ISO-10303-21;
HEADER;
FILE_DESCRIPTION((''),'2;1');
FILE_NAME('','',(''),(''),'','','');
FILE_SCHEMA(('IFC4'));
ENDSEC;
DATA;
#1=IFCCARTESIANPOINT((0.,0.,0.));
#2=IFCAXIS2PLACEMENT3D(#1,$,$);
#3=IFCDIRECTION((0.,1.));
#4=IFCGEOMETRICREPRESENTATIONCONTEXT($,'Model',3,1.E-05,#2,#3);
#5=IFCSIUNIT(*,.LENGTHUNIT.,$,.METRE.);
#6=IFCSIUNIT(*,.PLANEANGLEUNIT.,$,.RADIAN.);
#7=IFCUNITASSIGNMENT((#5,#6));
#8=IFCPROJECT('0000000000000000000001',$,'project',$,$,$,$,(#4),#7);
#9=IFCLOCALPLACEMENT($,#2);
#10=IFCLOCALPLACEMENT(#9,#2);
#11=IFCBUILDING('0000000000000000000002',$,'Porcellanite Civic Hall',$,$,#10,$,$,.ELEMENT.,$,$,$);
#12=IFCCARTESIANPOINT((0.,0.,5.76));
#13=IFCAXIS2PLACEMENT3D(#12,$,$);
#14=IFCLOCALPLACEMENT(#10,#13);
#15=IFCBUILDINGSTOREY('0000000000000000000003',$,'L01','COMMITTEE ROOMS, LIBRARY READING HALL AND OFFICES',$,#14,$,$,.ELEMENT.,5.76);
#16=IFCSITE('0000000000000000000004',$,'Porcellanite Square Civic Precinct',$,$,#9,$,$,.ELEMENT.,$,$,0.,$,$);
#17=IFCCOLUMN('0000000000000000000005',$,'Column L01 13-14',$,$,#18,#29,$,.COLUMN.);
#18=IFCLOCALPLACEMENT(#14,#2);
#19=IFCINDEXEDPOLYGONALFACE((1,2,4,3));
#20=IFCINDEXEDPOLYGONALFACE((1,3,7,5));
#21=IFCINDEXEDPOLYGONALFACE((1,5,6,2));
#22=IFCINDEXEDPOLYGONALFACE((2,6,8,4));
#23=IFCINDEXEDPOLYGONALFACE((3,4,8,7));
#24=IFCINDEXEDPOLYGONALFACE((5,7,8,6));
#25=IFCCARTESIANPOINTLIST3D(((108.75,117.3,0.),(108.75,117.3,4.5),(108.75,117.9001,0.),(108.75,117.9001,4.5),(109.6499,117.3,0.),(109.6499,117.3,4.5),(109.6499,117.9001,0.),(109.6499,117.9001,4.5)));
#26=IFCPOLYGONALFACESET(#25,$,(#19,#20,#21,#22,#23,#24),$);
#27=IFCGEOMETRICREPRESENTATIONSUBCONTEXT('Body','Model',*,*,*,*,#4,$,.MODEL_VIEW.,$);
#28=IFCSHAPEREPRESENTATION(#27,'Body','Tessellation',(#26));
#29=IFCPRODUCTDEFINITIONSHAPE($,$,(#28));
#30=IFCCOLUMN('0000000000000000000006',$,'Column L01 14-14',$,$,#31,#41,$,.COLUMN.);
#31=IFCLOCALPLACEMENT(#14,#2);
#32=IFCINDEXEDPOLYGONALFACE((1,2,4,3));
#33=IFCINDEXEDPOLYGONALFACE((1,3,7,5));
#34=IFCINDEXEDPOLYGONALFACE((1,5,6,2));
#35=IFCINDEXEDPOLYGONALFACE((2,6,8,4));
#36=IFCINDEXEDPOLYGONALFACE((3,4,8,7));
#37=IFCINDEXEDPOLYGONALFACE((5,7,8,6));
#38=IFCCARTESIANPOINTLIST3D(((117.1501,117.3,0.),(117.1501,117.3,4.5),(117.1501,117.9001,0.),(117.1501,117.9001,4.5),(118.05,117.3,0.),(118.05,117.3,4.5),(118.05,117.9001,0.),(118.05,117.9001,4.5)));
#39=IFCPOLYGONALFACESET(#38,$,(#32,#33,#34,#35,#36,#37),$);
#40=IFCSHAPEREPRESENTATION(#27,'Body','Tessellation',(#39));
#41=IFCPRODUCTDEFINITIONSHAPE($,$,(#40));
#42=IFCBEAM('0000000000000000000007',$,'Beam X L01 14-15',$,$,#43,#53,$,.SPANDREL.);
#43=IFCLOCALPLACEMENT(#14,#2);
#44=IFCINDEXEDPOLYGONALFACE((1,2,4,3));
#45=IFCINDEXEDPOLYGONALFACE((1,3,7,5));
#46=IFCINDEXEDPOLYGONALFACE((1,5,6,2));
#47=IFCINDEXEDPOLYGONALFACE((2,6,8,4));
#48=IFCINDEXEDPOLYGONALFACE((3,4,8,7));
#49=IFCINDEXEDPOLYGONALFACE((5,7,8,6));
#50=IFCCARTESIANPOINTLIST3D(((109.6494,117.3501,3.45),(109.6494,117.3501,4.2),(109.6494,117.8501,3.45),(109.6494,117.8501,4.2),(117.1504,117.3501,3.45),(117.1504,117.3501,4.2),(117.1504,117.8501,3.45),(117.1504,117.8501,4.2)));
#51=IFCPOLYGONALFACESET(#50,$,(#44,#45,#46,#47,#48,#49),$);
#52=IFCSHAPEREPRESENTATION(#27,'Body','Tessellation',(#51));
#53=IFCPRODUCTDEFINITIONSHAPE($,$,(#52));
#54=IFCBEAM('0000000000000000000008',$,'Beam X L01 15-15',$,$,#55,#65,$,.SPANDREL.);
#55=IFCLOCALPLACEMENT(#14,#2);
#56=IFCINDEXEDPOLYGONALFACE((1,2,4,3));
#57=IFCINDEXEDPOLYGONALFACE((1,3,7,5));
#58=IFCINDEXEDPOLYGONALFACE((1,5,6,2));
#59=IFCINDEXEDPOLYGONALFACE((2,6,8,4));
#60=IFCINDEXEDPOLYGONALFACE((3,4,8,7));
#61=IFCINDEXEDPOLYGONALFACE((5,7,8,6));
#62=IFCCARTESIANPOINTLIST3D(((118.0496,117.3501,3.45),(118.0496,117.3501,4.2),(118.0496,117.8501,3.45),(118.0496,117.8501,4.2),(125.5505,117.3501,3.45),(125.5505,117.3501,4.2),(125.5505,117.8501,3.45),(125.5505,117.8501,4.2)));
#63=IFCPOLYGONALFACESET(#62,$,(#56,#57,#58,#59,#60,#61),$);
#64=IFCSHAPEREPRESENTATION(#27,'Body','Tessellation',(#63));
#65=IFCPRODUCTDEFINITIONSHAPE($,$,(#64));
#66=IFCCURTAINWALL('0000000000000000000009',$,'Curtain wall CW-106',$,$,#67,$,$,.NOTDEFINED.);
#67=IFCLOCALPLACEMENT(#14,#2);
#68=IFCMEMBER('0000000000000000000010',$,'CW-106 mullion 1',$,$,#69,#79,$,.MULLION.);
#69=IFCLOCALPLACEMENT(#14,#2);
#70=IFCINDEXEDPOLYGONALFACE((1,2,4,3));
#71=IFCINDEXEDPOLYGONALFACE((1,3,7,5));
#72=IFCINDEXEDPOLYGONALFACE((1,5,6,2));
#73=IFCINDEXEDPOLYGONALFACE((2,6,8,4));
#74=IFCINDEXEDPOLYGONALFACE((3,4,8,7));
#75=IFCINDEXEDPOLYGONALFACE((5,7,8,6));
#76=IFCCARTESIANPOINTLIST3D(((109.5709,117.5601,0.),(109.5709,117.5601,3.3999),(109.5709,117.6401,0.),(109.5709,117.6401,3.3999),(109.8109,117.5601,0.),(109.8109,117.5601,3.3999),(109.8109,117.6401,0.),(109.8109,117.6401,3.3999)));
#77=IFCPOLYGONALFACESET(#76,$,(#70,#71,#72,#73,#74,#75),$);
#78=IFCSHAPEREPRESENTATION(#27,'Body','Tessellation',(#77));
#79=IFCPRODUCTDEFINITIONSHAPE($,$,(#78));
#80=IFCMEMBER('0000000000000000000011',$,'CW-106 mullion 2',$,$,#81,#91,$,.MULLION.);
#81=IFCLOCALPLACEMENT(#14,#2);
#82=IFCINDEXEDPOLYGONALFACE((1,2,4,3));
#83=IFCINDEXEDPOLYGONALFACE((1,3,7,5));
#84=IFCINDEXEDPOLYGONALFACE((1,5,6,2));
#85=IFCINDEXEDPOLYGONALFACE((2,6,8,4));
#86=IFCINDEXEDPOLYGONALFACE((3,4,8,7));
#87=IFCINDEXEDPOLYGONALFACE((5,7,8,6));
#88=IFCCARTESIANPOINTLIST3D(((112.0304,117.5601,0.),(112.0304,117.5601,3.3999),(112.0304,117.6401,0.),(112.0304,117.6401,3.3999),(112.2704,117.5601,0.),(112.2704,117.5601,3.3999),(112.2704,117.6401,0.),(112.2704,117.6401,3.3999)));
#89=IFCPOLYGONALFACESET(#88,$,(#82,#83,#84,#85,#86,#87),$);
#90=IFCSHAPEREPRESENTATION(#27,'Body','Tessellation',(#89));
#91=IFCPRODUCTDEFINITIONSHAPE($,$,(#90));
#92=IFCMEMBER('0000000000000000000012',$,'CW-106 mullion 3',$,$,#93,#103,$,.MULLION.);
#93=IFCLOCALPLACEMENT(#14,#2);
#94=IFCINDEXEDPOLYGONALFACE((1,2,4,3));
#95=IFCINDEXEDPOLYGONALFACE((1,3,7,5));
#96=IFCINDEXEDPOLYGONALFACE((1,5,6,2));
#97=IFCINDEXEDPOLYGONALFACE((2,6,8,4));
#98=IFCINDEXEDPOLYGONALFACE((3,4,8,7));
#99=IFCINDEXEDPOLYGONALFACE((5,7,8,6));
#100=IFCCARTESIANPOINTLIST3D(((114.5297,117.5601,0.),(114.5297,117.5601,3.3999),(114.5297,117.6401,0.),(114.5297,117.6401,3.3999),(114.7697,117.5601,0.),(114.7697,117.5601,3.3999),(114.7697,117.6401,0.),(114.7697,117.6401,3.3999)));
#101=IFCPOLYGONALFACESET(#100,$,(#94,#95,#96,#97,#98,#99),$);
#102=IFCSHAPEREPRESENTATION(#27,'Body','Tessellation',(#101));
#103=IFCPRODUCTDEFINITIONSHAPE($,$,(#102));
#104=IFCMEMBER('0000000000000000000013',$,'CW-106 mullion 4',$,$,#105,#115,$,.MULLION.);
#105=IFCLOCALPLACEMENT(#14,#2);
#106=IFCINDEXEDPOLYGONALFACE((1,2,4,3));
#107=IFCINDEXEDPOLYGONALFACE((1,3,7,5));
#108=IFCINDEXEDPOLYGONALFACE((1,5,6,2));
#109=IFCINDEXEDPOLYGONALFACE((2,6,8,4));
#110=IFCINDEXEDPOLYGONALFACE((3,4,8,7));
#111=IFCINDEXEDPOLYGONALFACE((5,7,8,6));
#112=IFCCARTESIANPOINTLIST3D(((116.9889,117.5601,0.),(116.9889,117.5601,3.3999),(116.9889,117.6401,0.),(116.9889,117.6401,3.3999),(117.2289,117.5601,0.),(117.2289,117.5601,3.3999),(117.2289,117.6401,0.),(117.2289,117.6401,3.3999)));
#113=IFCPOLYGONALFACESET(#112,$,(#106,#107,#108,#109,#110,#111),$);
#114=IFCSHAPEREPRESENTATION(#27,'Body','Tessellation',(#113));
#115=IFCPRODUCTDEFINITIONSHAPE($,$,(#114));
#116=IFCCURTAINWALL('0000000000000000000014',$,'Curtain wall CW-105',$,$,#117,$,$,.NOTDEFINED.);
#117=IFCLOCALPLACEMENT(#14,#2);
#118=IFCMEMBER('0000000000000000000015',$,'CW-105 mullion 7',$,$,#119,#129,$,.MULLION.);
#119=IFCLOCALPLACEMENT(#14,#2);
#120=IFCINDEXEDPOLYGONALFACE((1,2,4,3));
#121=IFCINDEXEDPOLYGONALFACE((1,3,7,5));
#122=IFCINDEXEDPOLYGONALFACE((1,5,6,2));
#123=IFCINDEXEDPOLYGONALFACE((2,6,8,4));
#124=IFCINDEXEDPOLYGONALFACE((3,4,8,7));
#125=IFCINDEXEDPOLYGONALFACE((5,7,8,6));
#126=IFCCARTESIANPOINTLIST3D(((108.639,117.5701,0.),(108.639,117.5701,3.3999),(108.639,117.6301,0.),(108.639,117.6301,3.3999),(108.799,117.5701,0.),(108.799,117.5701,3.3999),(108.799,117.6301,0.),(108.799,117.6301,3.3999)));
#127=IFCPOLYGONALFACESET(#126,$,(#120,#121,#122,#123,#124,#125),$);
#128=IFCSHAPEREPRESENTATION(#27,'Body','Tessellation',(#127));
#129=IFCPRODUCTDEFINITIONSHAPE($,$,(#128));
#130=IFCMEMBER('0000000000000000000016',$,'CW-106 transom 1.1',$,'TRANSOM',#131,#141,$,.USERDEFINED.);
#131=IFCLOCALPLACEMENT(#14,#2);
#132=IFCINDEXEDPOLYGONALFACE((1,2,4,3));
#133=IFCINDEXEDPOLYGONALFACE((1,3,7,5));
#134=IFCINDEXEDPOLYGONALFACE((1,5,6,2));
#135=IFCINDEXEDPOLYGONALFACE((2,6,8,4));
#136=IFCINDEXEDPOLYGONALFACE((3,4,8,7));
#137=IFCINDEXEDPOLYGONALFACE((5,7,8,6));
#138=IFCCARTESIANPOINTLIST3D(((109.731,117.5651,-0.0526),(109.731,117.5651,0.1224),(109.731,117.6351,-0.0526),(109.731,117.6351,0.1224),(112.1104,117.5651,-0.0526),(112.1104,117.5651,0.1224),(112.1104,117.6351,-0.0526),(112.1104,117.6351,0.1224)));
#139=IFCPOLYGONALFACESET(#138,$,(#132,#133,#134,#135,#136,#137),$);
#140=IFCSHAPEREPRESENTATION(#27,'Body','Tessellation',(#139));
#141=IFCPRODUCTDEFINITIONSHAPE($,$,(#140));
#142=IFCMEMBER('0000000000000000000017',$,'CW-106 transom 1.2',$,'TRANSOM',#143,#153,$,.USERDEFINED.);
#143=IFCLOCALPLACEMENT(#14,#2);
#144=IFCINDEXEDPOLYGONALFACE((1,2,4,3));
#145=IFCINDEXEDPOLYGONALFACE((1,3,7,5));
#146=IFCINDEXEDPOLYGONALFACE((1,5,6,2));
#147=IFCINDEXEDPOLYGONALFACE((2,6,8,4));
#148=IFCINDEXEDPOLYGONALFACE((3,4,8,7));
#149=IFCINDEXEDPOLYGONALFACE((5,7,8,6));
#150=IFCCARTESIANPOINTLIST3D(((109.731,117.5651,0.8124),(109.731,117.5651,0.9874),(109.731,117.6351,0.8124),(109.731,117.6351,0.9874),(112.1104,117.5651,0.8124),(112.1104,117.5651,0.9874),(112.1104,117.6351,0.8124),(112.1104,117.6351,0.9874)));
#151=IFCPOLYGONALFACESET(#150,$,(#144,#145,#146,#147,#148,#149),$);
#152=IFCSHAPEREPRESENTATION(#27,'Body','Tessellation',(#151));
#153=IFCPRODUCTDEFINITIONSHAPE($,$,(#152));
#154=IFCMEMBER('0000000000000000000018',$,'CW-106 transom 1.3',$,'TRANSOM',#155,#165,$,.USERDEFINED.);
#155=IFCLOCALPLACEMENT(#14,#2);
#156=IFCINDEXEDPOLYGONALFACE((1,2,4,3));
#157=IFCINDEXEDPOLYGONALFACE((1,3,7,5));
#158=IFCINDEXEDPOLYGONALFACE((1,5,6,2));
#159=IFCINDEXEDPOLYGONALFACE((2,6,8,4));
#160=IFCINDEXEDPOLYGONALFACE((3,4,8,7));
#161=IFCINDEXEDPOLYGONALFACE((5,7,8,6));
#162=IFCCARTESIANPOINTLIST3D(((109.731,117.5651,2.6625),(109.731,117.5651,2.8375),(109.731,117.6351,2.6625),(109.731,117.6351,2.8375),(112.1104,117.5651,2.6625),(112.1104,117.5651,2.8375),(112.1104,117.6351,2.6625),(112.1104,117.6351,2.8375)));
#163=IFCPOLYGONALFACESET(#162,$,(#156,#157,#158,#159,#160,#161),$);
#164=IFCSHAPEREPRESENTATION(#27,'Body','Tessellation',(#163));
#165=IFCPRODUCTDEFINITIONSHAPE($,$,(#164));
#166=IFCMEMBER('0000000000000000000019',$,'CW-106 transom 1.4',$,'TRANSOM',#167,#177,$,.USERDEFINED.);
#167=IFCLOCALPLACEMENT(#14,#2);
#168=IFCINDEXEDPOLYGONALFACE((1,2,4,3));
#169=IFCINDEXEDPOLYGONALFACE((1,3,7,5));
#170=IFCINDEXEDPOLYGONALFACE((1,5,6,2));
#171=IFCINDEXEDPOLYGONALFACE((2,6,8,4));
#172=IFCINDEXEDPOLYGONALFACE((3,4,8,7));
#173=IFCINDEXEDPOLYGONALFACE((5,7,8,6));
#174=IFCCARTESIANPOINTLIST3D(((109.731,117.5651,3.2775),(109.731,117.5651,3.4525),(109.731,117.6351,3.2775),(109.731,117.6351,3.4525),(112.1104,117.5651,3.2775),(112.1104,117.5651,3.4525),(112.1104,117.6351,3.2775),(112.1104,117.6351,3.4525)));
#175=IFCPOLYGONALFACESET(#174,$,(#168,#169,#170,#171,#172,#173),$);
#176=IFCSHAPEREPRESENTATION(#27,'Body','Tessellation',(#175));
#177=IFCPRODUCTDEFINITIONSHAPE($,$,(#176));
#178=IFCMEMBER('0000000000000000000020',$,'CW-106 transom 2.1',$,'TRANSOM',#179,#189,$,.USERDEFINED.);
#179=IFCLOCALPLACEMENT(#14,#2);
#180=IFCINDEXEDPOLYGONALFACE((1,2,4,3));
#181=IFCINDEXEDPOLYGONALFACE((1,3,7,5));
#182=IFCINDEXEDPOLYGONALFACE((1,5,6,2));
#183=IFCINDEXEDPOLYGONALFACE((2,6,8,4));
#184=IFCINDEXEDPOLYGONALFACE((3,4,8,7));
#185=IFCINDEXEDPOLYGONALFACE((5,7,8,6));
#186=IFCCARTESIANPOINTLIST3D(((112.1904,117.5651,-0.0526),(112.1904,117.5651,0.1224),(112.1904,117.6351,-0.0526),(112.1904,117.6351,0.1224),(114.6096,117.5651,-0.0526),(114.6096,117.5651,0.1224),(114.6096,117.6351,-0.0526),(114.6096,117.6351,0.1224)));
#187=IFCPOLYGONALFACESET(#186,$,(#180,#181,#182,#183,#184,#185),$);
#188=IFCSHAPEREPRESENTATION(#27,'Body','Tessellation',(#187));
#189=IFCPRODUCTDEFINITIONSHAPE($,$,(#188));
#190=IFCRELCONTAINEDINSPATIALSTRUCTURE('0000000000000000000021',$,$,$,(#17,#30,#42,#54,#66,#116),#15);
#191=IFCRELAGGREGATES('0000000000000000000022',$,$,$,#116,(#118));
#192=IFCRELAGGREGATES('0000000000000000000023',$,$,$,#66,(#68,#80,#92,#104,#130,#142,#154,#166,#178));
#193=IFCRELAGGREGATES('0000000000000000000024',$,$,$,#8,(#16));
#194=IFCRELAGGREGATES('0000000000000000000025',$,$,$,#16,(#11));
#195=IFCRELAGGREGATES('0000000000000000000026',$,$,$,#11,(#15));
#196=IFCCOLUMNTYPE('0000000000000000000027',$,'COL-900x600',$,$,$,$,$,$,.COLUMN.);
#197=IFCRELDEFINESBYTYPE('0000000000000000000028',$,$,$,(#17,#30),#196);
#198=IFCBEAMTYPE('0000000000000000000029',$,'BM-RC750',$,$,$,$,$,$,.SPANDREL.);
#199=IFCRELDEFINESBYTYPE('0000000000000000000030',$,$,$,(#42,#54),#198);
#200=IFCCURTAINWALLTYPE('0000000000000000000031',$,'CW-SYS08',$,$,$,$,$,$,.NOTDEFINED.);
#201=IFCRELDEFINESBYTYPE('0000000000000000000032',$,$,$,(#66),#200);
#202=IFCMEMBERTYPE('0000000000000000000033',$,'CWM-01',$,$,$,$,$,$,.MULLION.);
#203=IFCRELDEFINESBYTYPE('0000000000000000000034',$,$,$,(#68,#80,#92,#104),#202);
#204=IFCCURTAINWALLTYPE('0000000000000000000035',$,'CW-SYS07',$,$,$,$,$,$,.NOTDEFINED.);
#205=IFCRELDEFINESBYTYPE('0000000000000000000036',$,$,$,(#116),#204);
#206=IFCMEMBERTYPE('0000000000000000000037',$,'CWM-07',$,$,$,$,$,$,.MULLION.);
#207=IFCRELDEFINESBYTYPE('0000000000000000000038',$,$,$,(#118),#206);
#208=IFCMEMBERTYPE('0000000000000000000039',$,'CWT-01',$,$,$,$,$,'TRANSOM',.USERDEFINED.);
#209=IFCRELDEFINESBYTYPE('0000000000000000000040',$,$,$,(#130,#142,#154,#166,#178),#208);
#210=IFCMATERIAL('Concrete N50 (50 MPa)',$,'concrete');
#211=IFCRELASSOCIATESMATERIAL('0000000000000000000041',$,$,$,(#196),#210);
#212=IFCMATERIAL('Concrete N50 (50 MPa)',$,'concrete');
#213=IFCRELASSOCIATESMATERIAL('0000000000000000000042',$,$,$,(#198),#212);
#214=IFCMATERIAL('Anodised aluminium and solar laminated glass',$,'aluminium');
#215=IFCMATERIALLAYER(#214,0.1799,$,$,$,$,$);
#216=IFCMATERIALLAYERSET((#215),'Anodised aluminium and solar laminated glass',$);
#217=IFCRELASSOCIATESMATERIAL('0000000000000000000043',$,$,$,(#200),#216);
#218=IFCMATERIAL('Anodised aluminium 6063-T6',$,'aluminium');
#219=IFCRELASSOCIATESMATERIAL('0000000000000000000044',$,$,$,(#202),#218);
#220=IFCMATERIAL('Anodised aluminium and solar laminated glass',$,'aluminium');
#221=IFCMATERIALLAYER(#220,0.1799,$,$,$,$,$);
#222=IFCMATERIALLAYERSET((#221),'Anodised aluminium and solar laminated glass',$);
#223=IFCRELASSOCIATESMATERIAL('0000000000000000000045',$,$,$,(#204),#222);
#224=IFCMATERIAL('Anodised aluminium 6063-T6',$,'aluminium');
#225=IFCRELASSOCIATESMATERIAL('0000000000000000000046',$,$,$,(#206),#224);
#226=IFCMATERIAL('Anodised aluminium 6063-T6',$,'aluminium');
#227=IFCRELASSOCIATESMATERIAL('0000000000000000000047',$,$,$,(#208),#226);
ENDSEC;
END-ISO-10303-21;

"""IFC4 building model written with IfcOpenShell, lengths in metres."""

from ifc_helpers import new_model, si_unit, direction, frame, origin, origin_2d, place, context, subcontext, project, spatial, rectangle, extrude, material, layer, layer_set, material_profile, profile_set, type_object, element, aggregate, save


model = new_model("IFC4")

# Units and contexts
model_context = context("Model", 3, precision=1e-05, world=origin(), true_north=direction((0.0, 1.0)))
body_context = subcontext(model_context, "Body", "Model", "MODEL_VIEW")
ifc_project = project(units=[si_unit("LENGTHUNIT", "METRE"), si_unit("PLANEANGLEUNIT", "RADIAN")], contexts=[model_context])

# Site, building, storey
site_placement = place(None, origin())
site = spatial("IfcSite", under=ifc_project, at=site_placement, Name="Porcellanite Square Civic Precinct", CompositionType="ELEMENT", RefElevation=0.0)
building_placement = place(site_placement, origin())
building = spatial("IfcBuilding", under=site, at=building_placement, Name="Porcellanite Civic Hall", CompositionType="ELEMENT")
storey_placement = place(building_placement, frame((0.0, 0.0, 5.76)))
storey = spatial("IfcBuildingStorey", under=building, at=storey_placement, Name="L01", Description="COMMITTEE ROOMS, LIBRARY READING HALL AND OFFICES", CompositionType="ELEMENT", Elevation=5.76)

# Columns
ifc_material_1 = material(Name="Concrete N50 (50 MPa)", Category="concrete")
ifc_material_profile_1 = material_profile(ifc_material_1, rectangle(XDim=0.8999, YDim=0.6001, at=origin_2d()), Name="RC-900x600")
ifc_profile_set_1 = profile_set([ifc_material_profile_1], Name="Concrete N50 (50 MPa)")
column_type = type_object("IfcColumnType", Name="COL-900x600", PredefinedType="COLUMN", material=ifc_profile_set_1)
for number, where, z_axis, x_axis, name in (
    (1, (109.2, 117.6001, 0.0), (0.0, 0.0, 1.0), (1.0, 0.0, 0.0), "Column L01 13-14"),
    (2, (117.6001, 117.6001, 0.0), (0.0, 0.0, 1.0), (1.0, 0.0, 0.0), "Column L01 14-14"),
):
    element("IfcColumn", number, at=place(storey_placement, frame(where, z_axis=z_axis, x_axis=x_axis)), inside=storey, type_object=column_type, Name=name, PredefinedType="COLUMN", context=body_context, shape_type="SweptSolid", body=[
        extrude(rectangle(XDim=0.8999, YDim=0.6001, at=origin_2d()), origin(), (0.0, 0.0, 1.0), 4.5),
    ])

# Beams
ifc_material_2 = material(Name="Concrete N50 (50 MPa)", Category="concrete")
ifc_material_profile_2 = material_profile(ifc_material_2, rectangle(XDim=0.5, YDim=0.75, at=origin_2d()), Name="RC-500x750")
ifc_profile_set_2 = profile_set([ifc_material_profile_2], Name="Concrete N50 (50 MPa)")
beam_type = type_object("IfcBeamType", Name="BM-RC750", PredefinedType="SPANDREL", material=ifc_profile_set_2)
for number, where, z_axis, x_axis, name in (
    (3, (109.6494, 117.6001, 3.825), (1.0, 0.0, 0.0), (0.0, 1.0, 0.0), "Beam X L01 14-15"),
    (4, (118.0496, 117.6001, 3.825), (1.0, 0.0, 0.0), (0.0, 1.0, 0.0), "Beam X L01 15-15"),
):
    element("IfcBeam", number, at=place(storey_placement, frame(where, z_axis=z_axis, x_axis=x_axis)), inside=storey, type_object=beam_type, Name=name, PredefinedType="SPANDREL", context=body_context, shape_type="SweptSolid", body=[
        extrude(rectangle(XDim=0.5, YDim=0.75, at=origin_2d()), origin(), (0.0, 0.0, 1.0), 7.501),
    ])

# Curtain wall, members
ifc_material_3 = material(Name="Anodised aluminium and solar laminated glass", Category="aluminium")
ifc_layer_1 = layer(ifc_material_3, 0.1799)
ifc_layer_set_1 = layer_set([ifc_layer_1], Name="Anodised aluminium and solar laminated glass")
curtain_wall_type_1 = type_object("IfcCurtainWallType", Name="CW-SYS08", PredefinedType="NOTDEFINED", material=ifc_layer_set_1)
curtain_wall_1_placement = place(storey_placement, origin())
curtain_wall_1 = element("IfcCurtainWall", 5, at=curtain_wall_1_placement, inside=storey, type_object=curtain_wall_type_1, Name="Curtain wall CW-106", PredefinedType="NOTDEFINED")
ifc_material_4 = material(Name="Anodised aluminium 6063-T6", Category="aluminium")
ifc_material_profile_3 = material_profile(ifc_material_4, rectangle(XDim=0.0801, YDim=0.24, at=origin_2d()), Name="AL-80x240")
ifc_profile_set_3 = profile_set([ifc_material_profile_3], Name="Anodised aluminium 6063-T6")
member_type_1 = type_object("IfcMemberType", Name="CWM-01", PredefinedType="MULLION", material=ifc_profile_set_3)
member_1_placement = place(storey_placement, frame((109.6909, 117.6001, 0.0), z_axis=(0.0, 0.0, 1.0), x_axis=(0.0, 1.0, 0.0)))
member_1 = element("IfcMember", 6, at=member_1_placement, type_object=member_type_1, Name="CW-106 mullion 1", PredefinedType="MULLION", context=body_context, shape_type="SweptSolid", body=[
    extrude(rectangle(XDim=0.0801, YDim=0.24, at=origin_2d()), origin(), (0.0, 0.0, 1.0), 3.3999),
])
member_2_placement = place(storey_placement, frame((112.1504, 117.6001, 0.0), z_axis=(0.0, 0.0, 1.0), x_axis=(0.0, 1.0, 0.0)))
member_2 = element("IfcMember", 7, at=member_2_placement, type_object=member_type_1, Name="CW-106 mullion 2", PredefinedType="MULLION", context=body_context, shape_type="SweptSolid", body=[
    extrude(rectangle(XDim=0.0801, YDim=0.24, at=origin_2d()), origin(), (0.0, 0.0, 1.0), 3.3999),
])
member_3_placement = place(storey_placement, frame((114.6497, 117.6001, 0.0), z_axis=(0.0, 0.0, 1.0), x_axis=(0.0, 1.0, 0.0)))
member_3 = element("IfcMember", 8, at=member_3_placement, type_object=member_type_1, Name="CW-106 mullion 3", PredefinedType="MULLION", context=body_context, shape_type="SweptSolid", body=[
    extrude(rectangle(XDim=0.0801, YDim=0.24, at=origin_2d()), origin(), (0.0, 0.0, 1.0), 3.3999),
])
member_4_placement = place(storey_placement, frame((117.1089, 117.6001, 0.0), z_axis=(0.0, 0.0, 1.0), x_axis=(0.0, 1.0, 0.0)))
member_4 = element("IfcMember", 9, at=member_4_placement, type_object=member_type_1, Name="CW-106 mullion 4", PredefinedType="MULLION", context=body_context, shape_type="SweptSolid", body=[
    extrude(rectangle(XDim=0.0801, YDim=0.24, at=origin_2d()), origin(), (0.0, 0.0, 1.0), 3.3999),
])

# Curtain wall, member
ifc_material_5 = material(Name="Anodised aluminium and solar laminated glass", Category="aluminium")
ifc_layer_2 = layer(ifc_material_5, 0.1799)
ifc_layer_set_2 = layer_set([ifc_layer_2], Name="Anodised aluminium and solar laminated glass")
curtain_wall_type_2 = type_object("IfcCurtainWallType", Name="CW-SYS07", PredefinedType="NOTDEFINED", material=ifc_layer_set_2)
curtain_wall_2_placement = place(storey_placement, origin())
curtain_wall_2 = element("IfcCurtainWall", 10, at=curtain_wall_2_placement, inside=storey, type_object=curtain_wall_type_2, Name="Curtain wall CW-105", PredefinedType="NOTDEFINED")
ifc_material_6 = material(Name="Anodised aluminium 6063-T6", Category="aluminium")
ifc_material_profile_4 = material_profile(ifc_material_6, rectangle(XDim=0.0601, YDim=0.1599, at=origin_2d()), Name="AL-60x160")
ifc_profile_set_4 = profile_set([ifc_material_profile_4], Name="Anodised aluminium 6063-T6")
member_type_2 = type_object("IfcMemberType", Name="CWM-07", PredefinedType="MULLION", material=ifc_profile_set_4)
member_5_placement = place(storey_placement, frame((108.719, 117.6001, 0.0), z_axis=(0.0, 0.0, 1.0), x_axis=(0.0, 1.0, 0.0)))
member_5 = element("IfcMember", 11, at=member_5_placement, type_object=member_type_2, Name="CW-105 mullion 7", PredefinedType="MULLION", context=body_context, shape_type="SweptSolid", body=[
    extrude(rectangle(XDim=0.0601, YDim=0.1599, at=origin_2d()), origin(), (0.0, 0.0, 1.0), 3.3999),
])

# Members
ifc_material_7 = material(Name="Anodised aluminium 6063-T6", Category="aluminium")
ifc_material_profile_5 = material_profile(ifc_material_7, rectangle(XDim=0.0701, YDim=0.175, at=origin_2d()), Name="AL-70x175")
ifc_profile_set_5 = profile_set([ifc_material_profile_5], Name="Anodised aluminium 6063-T6")
member_type_3 = type_object("IfcMemberType", Name="CWT-01", ElementType="TRANSOM", PredefinedType="USERDEFINED", material=ifc_profile_set_5)
member_6_placement = place(storey_placement, frame((109.731, 117.6001, 0.0349), z_axis=(1.0, 0.0, 0.0), x_axis=(0.0, 1.0, 0.0)))
member_6 = element("IfcMember", 12, at=member_6_placement, type_object=member_type_3, Name="CW-106 transom 1.1", ObjectType="TRANSOM", PredefinedType="USERDEFINED", context=body_context, shape_type="SweptSolid", body=[
    extrude(rectangle(XDim=0.0701, YDim=0.175, at=origin_2d()), origin(), (0.0, 0.0, 1.0), 2.3794),
])
member_7_placement = place(storey_placement, frame((109.731, 117.6001, 0.8999), z_axis=(1.0, 0.0, 0.0), x_axis=(0.0, 1.0, 0.0)))
member_7 = element("IfcMember", 13, at=member_7_placement, type_object=member_type_3, Name="CW-106 transom 1.2", ObjectType="TRANSOM", PredefinedType="USERDEFINED", context=body_context, shape_type="SweptSolid", body=[
    extrude(rectangle(XDim=0.0701, YDim=0.175, at=origin_2d()), origin(), (0.0, 0.0, 1.0), 2.3794),
])
member_8_placement = place(storey_placement, frame((109.731, 117.6001, 2.75), z_axis=(1.0, 0.0, 0.0), x_axis=(0.0, 1.0, 0.0)))
member_8 = element("IfcMember", 14, at=member_8_placement, type_object=member_type_3, Name="CW-106 transom 1.3", ObjectType="TRANSOM", PredefinedType="USERDEFINED", context=body_context, shape_type="SweptSolid", body=[
    extrude(rectangle(XDim=0.0701, YDim=0.175, at=origin_2d()), origin(), (0.0, 0.0, 1.0), 2.3794),
])
member_9_placement = place(storey_placement, frame((109.731, 117.6001, 3.365), z_axis=(1.0, 0.0, 0.0), x_axis=(0.0, 1.0, 0.0)))
member_9 = element("IfcMember", 15, at=member_9_placement, type_object=member_type_3, Name="CW-106 transom 1.4", ObjectType="TRANSOM", PredefinedType="USERDEFINED", context=body_context, shape_type="SweptSolid", body=[
    extrude(rectangle(XDim=0.0701, YDim=0.175, at=origin_2d()), origin(), (0.0, 0.0, 1.0), 2.3794),
])
member_10_placement = place(storey_placement, frame((112.1904, 117.6001, 0.0349), z_axis=(1.0, 0.0, 0.0), x_axis=(0.0, 1.0, 0.0)))
member_10 = element("IfcMember", 16, at=member_10_placement, type_object=member_type_3, Name="CW-106 transom 2.1", ObjectType="TRANSOM", PredefinedType="USERDEFINED", context=body_context, shape_type="SweptSolid", body=[
    extrude(rectangle(XDim=0.0701, YDim=0.175, at=origin_2d()), origin(), (0.0, 0.0, 1.0), 2.4192),
])

aggregate(curtain_wall_2, [member_5])
aggregate(curtain_wall_1, [member_1, member_2, member_3, member_4, member_6, member_7, member_8, member_9, member_10])

save(model, "model.ifc")
